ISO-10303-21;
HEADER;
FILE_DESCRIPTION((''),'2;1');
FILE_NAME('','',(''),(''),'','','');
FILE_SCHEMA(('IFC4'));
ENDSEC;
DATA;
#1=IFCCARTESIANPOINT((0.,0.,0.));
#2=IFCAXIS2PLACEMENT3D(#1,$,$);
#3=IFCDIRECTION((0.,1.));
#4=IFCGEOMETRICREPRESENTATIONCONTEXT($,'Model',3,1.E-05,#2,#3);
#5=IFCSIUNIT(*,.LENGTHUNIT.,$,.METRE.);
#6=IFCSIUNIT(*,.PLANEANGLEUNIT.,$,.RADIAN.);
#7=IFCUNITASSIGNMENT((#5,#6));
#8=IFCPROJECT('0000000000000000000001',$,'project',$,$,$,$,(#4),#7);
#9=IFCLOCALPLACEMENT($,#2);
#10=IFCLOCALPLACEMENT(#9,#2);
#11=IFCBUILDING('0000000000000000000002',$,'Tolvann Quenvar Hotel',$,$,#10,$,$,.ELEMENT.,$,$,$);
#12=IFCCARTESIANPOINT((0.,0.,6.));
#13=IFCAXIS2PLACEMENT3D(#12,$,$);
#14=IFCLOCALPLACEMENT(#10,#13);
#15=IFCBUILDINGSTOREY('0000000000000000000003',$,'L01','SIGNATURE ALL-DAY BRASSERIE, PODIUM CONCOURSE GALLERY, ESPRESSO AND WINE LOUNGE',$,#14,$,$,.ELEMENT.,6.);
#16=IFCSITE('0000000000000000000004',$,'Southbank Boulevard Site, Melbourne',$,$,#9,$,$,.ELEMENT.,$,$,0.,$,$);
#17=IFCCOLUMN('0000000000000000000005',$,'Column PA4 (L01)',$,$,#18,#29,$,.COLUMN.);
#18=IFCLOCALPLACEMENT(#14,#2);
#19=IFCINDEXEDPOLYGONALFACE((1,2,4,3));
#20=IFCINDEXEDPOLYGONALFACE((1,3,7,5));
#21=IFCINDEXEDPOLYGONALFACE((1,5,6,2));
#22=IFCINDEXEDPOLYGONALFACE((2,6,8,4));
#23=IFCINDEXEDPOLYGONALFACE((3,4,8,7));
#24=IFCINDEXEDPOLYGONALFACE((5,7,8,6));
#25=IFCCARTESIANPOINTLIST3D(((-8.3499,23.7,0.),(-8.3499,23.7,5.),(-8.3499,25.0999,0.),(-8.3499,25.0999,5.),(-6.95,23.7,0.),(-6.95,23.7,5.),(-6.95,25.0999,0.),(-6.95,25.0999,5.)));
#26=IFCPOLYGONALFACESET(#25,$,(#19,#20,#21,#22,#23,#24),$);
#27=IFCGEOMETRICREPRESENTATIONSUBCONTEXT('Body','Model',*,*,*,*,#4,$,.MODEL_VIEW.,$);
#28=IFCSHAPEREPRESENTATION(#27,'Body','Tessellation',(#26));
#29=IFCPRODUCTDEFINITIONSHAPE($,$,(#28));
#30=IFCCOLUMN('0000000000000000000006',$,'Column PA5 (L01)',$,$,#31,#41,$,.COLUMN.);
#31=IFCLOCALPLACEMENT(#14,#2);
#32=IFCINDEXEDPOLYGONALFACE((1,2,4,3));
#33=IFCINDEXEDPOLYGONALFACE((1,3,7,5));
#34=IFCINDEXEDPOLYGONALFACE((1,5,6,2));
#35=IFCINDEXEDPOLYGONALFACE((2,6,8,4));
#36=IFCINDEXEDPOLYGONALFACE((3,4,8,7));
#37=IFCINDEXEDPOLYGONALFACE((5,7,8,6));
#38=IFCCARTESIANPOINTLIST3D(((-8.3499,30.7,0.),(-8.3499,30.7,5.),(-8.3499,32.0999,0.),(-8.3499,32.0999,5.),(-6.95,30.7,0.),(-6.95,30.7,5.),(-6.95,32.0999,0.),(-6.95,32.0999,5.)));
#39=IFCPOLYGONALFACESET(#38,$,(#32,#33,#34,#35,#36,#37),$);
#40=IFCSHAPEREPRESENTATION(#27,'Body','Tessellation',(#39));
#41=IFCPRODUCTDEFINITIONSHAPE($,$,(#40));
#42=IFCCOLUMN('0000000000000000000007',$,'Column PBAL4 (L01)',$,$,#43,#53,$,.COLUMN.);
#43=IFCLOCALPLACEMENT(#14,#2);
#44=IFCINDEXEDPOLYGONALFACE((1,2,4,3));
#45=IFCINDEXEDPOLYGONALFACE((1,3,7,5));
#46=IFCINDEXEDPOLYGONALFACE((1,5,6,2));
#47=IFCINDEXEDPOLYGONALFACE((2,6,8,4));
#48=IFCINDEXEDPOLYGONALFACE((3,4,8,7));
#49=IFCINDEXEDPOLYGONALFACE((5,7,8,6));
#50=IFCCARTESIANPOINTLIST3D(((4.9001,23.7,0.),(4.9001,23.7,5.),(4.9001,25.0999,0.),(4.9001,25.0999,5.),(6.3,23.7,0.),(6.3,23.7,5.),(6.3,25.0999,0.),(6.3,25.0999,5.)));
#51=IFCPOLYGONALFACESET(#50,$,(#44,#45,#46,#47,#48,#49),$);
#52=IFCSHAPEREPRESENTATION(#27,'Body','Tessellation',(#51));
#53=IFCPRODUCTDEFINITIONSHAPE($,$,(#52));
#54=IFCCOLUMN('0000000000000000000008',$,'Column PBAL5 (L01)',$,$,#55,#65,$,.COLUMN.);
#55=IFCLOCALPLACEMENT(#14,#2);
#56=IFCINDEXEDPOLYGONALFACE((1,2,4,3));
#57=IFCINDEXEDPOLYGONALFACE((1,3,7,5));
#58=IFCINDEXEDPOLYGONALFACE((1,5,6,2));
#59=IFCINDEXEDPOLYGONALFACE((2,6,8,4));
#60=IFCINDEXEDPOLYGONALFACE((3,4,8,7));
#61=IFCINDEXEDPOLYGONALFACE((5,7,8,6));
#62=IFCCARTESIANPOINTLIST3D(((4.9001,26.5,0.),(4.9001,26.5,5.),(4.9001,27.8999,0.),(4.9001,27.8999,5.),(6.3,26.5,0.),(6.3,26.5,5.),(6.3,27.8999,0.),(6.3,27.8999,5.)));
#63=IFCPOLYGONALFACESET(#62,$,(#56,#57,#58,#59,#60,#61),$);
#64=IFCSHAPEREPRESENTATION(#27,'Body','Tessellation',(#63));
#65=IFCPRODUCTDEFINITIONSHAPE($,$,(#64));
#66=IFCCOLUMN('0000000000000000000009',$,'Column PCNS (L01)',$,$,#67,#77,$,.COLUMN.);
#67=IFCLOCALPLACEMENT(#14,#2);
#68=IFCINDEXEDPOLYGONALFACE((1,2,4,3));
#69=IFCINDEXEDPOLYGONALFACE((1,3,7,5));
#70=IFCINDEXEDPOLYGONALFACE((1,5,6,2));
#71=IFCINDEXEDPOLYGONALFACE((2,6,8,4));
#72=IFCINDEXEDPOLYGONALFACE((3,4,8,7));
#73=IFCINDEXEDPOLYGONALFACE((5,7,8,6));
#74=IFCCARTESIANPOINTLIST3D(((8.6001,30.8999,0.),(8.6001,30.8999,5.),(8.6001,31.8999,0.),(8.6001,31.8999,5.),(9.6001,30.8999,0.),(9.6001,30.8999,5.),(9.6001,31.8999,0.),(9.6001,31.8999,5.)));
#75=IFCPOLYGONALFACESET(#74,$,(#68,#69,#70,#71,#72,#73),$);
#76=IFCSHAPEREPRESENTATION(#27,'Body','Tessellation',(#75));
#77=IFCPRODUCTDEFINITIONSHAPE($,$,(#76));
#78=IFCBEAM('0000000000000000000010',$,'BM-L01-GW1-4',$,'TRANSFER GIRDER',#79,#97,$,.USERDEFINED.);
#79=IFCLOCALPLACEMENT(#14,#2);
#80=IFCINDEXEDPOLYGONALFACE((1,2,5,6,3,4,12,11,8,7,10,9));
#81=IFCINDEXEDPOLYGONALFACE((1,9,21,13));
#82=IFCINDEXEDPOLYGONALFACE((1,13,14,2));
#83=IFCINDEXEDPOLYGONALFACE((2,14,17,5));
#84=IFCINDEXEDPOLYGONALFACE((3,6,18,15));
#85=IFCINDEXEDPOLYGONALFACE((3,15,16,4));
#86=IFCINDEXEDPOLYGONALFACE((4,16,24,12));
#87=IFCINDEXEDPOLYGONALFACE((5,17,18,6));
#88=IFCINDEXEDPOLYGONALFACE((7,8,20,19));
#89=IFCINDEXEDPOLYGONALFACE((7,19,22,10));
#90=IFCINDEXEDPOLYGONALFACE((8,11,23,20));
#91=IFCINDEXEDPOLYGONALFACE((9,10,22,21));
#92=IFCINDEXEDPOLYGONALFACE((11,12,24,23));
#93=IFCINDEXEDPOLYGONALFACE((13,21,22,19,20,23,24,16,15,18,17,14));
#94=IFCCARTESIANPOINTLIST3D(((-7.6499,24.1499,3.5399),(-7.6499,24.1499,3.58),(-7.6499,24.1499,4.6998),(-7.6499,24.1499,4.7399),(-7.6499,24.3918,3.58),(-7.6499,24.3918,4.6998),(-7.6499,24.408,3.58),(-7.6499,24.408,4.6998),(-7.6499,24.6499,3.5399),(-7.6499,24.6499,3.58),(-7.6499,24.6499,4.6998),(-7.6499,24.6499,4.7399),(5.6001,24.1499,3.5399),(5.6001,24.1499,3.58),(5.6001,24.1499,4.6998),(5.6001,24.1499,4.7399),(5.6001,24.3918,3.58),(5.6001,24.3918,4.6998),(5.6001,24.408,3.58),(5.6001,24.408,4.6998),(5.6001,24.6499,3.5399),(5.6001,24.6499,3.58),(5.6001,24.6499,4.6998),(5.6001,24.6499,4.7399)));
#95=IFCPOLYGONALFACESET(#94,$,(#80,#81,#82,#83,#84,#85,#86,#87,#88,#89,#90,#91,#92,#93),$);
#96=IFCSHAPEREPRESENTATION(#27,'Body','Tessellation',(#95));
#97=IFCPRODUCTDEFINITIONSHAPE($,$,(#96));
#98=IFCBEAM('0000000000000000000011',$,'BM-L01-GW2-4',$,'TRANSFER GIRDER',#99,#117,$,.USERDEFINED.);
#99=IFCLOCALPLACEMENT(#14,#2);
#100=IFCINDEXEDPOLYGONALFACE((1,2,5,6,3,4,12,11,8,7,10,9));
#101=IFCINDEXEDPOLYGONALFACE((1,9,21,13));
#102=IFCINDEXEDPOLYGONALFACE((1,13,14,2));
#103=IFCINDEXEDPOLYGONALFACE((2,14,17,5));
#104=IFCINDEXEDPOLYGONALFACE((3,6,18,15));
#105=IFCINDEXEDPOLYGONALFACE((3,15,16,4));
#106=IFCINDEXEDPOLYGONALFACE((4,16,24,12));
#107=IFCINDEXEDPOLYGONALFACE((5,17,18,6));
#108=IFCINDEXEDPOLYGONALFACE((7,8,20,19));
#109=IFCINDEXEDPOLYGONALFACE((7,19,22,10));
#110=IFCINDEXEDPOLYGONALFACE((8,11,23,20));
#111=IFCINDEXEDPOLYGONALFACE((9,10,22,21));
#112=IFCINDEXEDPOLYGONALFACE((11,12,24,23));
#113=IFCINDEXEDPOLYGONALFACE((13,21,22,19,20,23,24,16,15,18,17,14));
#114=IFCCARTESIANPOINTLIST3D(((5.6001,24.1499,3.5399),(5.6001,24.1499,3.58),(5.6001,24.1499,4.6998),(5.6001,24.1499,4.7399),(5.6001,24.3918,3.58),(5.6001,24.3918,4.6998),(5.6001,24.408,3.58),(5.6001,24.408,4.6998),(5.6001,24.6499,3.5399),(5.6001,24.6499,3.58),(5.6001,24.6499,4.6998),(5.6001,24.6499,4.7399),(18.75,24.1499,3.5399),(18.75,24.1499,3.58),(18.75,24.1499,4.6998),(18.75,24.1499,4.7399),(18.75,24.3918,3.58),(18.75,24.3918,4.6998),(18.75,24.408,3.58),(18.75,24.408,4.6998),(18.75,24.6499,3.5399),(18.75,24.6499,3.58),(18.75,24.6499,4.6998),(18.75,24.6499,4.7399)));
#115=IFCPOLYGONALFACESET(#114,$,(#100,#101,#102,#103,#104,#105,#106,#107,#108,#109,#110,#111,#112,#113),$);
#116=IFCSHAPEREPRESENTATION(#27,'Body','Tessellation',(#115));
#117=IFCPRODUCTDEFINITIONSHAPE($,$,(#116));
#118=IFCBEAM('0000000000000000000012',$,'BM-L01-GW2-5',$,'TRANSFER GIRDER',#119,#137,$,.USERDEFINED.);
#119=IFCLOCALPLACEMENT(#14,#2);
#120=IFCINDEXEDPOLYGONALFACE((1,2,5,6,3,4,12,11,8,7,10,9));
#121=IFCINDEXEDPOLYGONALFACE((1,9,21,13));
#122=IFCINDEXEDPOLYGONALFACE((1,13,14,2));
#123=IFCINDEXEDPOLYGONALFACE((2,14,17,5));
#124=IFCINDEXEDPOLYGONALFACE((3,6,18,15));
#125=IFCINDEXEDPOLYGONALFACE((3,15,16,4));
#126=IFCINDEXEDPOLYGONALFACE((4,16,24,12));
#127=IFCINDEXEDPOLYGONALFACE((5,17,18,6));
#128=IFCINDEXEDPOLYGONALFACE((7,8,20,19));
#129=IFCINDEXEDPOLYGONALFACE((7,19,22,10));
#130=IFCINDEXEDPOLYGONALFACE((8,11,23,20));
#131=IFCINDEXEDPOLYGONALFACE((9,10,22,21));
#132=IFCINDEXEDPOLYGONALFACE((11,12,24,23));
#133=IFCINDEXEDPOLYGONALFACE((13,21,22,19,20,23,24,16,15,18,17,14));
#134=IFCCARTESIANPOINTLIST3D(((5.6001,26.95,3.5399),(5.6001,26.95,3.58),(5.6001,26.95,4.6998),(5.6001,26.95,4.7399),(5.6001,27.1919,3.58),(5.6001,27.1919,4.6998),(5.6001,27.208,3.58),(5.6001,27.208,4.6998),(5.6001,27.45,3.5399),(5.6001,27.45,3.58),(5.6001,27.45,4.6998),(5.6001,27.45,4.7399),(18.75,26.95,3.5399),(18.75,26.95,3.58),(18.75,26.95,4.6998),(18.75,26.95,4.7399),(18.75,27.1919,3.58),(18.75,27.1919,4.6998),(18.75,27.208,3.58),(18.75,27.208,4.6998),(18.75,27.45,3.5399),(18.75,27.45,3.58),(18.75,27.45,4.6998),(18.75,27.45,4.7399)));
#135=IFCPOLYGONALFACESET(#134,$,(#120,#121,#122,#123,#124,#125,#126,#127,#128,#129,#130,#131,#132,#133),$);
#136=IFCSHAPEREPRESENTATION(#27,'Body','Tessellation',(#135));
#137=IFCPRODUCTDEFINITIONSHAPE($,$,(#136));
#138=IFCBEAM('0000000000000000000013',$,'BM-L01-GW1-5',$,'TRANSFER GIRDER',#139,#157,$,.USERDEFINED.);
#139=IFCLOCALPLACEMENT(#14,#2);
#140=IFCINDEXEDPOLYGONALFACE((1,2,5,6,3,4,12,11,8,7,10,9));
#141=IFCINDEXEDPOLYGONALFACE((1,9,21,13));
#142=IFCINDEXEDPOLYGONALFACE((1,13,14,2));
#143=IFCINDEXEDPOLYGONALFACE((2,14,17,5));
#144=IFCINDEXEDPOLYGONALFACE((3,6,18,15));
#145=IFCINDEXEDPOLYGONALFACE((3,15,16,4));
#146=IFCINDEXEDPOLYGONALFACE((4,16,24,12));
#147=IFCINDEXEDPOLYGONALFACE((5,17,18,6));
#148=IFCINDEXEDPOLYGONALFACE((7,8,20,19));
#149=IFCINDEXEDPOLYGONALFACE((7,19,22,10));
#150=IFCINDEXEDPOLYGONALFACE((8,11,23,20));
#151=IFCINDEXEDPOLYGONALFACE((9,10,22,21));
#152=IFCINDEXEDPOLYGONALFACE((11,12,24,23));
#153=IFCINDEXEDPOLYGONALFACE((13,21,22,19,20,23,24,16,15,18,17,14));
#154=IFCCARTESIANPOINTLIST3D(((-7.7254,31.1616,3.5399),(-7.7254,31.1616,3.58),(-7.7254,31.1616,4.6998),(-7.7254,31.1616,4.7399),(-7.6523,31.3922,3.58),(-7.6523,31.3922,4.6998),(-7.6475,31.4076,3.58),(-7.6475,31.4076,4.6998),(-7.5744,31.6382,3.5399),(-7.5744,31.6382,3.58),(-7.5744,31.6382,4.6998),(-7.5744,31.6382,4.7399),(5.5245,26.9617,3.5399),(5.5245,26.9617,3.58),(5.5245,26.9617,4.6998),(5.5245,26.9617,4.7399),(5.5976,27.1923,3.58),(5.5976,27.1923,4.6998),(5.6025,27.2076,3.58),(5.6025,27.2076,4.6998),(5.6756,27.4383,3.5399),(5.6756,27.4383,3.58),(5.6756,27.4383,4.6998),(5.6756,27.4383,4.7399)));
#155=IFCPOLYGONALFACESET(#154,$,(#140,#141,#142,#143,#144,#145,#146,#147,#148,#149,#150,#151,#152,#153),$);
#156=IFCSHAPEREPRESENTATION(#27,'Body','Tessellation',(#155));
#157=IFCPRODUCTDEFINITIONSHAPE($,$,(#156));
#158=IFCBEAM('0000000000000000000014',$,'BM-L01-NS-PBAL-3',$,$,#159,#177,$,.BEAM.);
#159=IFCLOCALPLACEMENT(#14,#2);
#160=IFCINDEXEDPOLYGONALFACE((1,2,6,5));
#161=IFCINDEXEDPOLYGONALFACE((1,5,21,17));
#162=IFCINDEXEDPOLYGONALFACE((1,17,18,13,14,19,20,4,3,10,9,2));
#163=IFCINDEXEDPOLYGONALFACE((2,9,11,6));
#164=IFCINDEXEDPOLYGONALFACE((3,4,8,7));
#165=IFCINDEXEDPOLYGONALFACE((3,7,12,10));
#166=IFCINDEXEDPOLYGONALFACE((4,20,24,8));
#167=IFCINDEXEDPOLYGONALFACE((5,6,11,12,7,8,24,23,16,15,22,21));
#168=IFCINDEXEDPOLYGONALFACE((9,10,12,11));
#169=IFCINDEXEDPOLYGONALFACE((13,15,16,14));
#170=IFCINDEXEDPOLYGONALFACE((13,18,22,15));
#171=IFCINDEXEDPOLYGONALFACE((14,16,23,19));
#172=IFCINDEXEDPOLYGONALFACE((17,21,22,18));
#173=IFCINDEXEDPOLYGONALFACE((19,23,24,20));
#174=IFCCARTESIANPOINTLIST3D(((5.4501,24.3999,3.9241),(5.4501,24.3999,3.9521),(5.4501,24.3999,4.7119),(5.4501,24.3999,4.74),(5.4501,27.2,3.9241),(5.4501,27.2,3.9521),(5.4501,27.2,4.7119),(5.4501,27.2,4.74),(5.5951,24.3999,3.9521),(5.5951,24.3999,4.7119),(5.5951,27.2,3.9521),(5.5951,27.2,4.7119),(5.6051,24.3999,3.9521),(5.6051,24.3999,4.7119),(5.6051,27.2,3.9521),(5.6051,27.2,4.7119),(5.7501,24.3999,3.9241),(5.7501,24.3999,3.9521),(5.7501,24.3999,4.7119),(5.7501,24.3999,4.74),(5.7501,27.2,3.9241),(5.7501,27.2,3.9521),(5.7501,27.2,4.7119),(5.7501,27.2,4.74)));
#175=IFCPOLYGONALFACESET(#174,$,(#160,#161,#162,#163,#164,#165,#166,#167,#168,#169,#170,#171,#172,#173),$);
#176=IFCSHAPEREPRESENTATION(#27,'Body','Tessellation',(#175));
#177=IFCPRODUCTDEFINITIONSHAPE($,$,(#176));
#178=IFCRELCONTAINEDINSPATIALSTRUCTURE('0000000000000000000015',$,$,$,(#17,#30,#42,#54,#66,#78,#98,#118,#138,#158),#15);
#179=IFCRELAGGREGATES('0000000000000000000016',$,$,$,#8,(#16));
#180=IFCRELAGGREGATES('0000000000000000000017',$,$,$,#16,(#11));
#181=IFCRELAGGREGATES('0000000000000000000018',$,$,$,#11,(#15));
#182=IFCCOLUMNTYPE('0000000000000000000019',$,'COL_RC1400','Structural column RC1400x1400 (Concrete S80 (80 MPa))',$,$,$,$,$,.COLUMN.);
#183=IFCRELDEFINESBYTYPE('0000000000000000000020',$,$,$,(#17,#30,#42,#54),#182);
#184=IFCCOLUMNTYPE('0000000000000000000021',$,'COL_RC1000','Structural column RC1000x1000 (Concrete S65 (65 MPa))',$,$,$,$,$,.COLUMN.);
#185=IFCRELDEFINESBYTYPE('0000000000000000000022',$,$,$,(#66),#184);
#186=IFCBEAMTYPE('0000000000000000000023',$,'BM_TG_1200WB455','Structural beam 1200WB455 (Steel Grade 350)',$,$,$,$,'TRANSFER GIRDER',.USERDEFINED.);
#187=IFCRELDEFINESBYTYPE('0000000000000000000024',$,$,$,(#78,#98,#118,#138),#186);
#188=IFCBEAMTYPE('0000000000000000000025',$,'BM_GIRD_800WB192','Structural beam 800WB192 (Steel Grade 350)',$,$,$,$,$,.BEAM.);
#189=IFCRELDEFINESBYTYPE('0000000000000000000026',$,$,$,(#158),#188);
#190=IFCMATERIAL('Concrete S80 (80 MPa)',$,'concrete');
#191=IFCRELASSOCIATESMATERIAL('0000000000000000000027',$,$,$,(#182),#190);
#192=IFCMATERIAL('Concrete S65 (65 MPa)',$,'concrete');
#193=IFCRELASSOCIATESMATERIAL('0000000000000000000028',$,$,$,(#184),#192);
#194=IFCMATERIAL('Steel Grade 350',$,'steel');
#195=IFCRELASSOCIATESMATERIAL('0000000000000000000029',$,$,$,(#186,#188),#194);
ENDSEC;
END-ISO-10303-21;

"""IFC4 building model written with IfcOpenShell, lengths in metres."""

from ifc_helpers import new_model, si_unit, direction, frame, origin, origin_2d, place, context, subcontext, project, spatial, rectangle, i_section, extrude, source, transform, mapped, material, material_profile, profile_set, type_object, type_shapes, element, save


model = new_model("IFC4")

# Units and contexts
model_context = context("Model", 3, precision=1e-05, world=origin(), true_north=direction((0.0, 1.0)))
body_context = subcontext(model_context, "Body", "Model", "MODEL_VIEW")
ifc_project = project(units=[si_unit("LENGTHUNIT", "METRE"), si_unit("PLANEANGLEUNIT", "RADIAN")], contexts=[model_context])

# Site, building, storey
site_placement = place(None, origin())
site = spatial("IfcSite", under=ifc_project, at=site_placement, Name="Southbank Boulevard Site, Melbourne", CompositionType="ELEMENT", RefElevation=0.0)
building_placement = place(site_placement, origin())
building = spatial("IfcBuilding", under=site, at=building_placement, Name="Tolvann Quenvar Hotel", CompositionType="ELEMENT")
storey_placement = place(building_placement, frame((0.0, 0.0, 6.0)))
storey = spatial("IfcBuildingStorey", under=building, at=storey_placement, Name="L01", Description="SIGNATURE ALL-DAY BRASSERIE, PODIUM CONCOURSE GALLERY, ESPRESSO AND WINE LOUNGE", CompositionType="ELEMENT", Elevation=6.0)

# Columns
ifc_material_1 = material(Name="Concrete S80 (80 MPa)", Category="concrete")
ifc_material_profile_1 = material_profile(ifc_material_1, rectangle(XDim=1.3999, YDim=1.3999, at=origin_2d()), Name="RC1400x1400")
ifc_profile_set_1 = profile_set([ifc_material_profile_1], Name="Concrete S80 (80 MPa)")
column_type_1 = type_object("IfcColumnType", Name="COL_RC1400", Description="Structural column RC1400x1400 (Concrete S80 (80 MPa))", PredefinedType="COLUMN", material=ifc_profile_set_1)
shared_shape_1 = source(origin(), body_context, "Body", "SweptSolid", [
    extrude(rectangle(XDim=1.3999, YDim=1.3999, at=origin_2d()), origin(), (0.0, 0.0, 1.0), 5.0),
])
type_shapes(column_type_1, [shared_shape_1])
for number, where, z_axis, x_axis, name in (
    (1, (-7.6499, 24.3999, 0.0), (0.0, 0.0, 1.0), (1.0, 0.0, 0.0), "Column PA4 (L01)"),
    (2, (-7.6499, 31.3999, 0.0), (0.0, 0.0, 1.0), (1.0, 0.0, 0.0), "Column PA5 (L01)"),
    (3, (5.6001, 24.3999, 0.0), (0.0, 0.0, 1.0), (1.0, 0.0, 0.0), "Column PBAL4 (L01)"),
    (4, (5.6001, 27.2, 0.0), (0.0, 0.0, 1.0), (1.0, 0.0, 0.0), "Column PBAL5 (L01)"),
):
    element("IfcColumn", number, at=place(storey_placement, frame(where, z_axis=z_axis, x_axis=x_axis)), inside=storey, type_object=column_type_1, Name=name, PredefinedType="COLUMN", context=body_context, shape_type="MappedRepresentation", body=[
        mapped(shared_shape_1, transform((0.0, 0.0, 0.0), x_axis=(1.0, 0.0, 0.0), y_axis=(0.0, 1.0, 0.0), z_axis=(0.0, 0.0, 1.0), scale=1.0)),
    ])
ifc_material_2 = material(Name="Concrete S65 (65 MPa)", Category="concrete")
ifc_material_profile_2 = material_profile(ifc_material_2, rectangle(XDim=1.0, YDim=1.0, at=origin_2d()), Name="RC1000x1000")
ifc_profile_set_2 = profile_set([ifc_material_profile_2], Name="Concrete S65 (65 MPa)")
column_type_2 = type_object("IfcColumnType", Name="COL_RC1000", Description="Structural column RC1000x1000 (Concrete S65 (65 MPa))", PredefinedType="COLUMN", material=ifc_profile_set_2)
shared_shape_2 = source(origin(), body_context, "Body", "SweptSolid", [
    extrude(rectangle(XDim=1.0, YDim=1.0, at=origin_2d()), origin(), (0.0, 0.0, 1.0), 5.0),
])
type_shapes(column_type_2, [shared_shape_2])
column_placement = place(storey_placement, frame((9.1001, 31.3999, 0.0), z_axis=(0.0, 0.0, 1.0), x_axis=(1.0, 0.0, 0.0)))
element("IfcColumn", 5, at=column_placement, inside=storey, type_object=column_type_2, Name="Column PCNS (L01)", PredefinedType="COLUMN", context=body_context, shape_type="MappedRepresentation", body=[
    mapped(shared_shape_2, transform((0.0, 0.0, 0.0), x_axis=(1.0, 0.0, 0.0), y_axis=(0.0, 1.0, 0.0), z_axis=(0.0, 0.0, 1.0), scale=1.0)),
])

# Beams
ifc_material_3 = material(Name="Steel Grade 350", Category="steel")
ifc_material_profile_3 = material_profile(ifc_material_3, i_section(OverallWidth=0.5, OverallDepth=1.2, WebThickness=0.0161, FlangeThickness=0.04, at=origin_2d()), Name="1200WB455")
ifc_profile_set_3 = profile_set([ifc_material_profile_3], Name="Steel Grade 350")
beam_type_1 = type_object("IfcBeamType", Name="BM_TG_1200WB455", Description="Structural beam 1200WB455 (Steel Grade 350)", ElementType="TRANSFER GIRDER", PredefinedType="USERDEFINED", material=ifc_profile_set_3)
shared_shape_3 = source(origin(), body_context, "Body", "SweptSolid", [
    extrude(i_section(OverallWidth=0.5, OverallDepth=1.2, WebThickness=0.0161, FlangeThickness=0.04, at=origin_2d()), origin(), (0.0, 0.0, 1.0), 13.25),
])
beam_1_placement = place(storey_placement, frame((-7.6499, 24.3999, 4.1399), z_axis=(1.0, 0.0, 0.0), x_axis=(0.0, 1.0, 0.0)))
element("IfcBeam", 6, at=beam_1_placement, inside=storey, type_object=beam_type_1, Name="BM-L01-GW1-4", ObjectType="TRANSFER GIRDER", PredefinedType="USERDEFINED", context=body_context, shape_type="MappedRepresentation", body=[
    mapped(shared_shape_3, transform((0.0, 0.0, 0.0), x_axis=(1.0, 0.0, 0.0), y_axis=(0.0, 1.0, 0.0), z_axis=(0.0, 0.0, 1.0), scale=1.0)),
])
shared_shape_4 = source(origin(), body_context, "Body", "SweptSolid", [
    extrude(i_section(OverallWidth=0.5, OverallDepth=1.2, WebThickness=0.0161, FlangeThickness=0.04, at=origin_2d()), origin(), (0.0, 0.0, 1.0), 13.1499),
])
for number, where, z_axis, x_axis, name in (
    (7, (5.6001, 24.3999, 4.1399), (1.0, 0.0, 0.0), (0.0, 1.0, 0.0), "BM-L01-GW2-4"),
    (8, (5.6001, 27.2, 4.1399), (1.0, 0.0, 0.0), (0.0, 1.0, 0.0), "BM-L01-GW2-5"),
):
    element("IfcBeam", number, at=place(storey_placement, frame(where, z_axis=z_axis, x_axis=x_axis)), inside=storey, type_object=beam_type_1, Name=name, ObjectType="TRANSFER GIRDER", PredefinedType="USERDEFINED", context=body_context, shape_type="MappedRepresentation", body=[
        mapped(shared_shape_4, transform((0.0, 0.0, 0.0), x_axis=(1.0, 0.0, 0.0), y_axis=(0.0, 1.0, 0.0), z_axis=(0.0, 0.0, 1.0), scale=1.0)),
    ])
shared_shape_5 = source(origin(), body_context, "Body", "SweptSolid", [
    extrude(i_section(OverallWidth=0.5, OverallDepth=1.2, WebThickness=0.0161, FlangeThickness=0.04, at=origin_2d()), origin(), (0.0, 0.0, 1.0), 13.8997),
])
type_shapes(beam_type_1, [shared_shape_3, shared_shape_4, shared_shape_5])
beam_2_placement = place(storey_placement, frame((-7.6499, 31.3999, 4.1399), z_axis=(0.953257, -0.302161, 0.0), x_axis=(0.302161, 0.953257, 0.0)))
element("IfcBeam", 9, at=beam_2_placement, inside=storey, type_object=beam_type_1, Name="BM-L01-GW1-5", ObjectType="TRANSFER GIRDER", PredefinedType="USERDEFINED", context=body_context, shape_type="MappedRepresentation", body=[
    mapped(shared_shape_5, transform((0.0, 0.0, 0.0), x_axis=(1.0, 0.0, 0.0), y_axis=(0.0, 1.0, 0.0), z_axis=(0.0, 0.0, 1.0), scale=1.0)),
])
ifc_material_profile_4 = material_profile(ifc_material_3, i_section(OverallWidth=0.3, OverallDepth=0.8159, WebThickness=0.01, FlangeThickness=0.0281, at=origin_2d()), Name="800WB192")
ifc_profile_set_4 = profile_set([ifc_material_profile_4], Name="Steel Grade 350")
beam_type_2 = type_object("IfcBeamType", Name="BM_GIRD_800WB192", Description="Structural beam 800WB192 (Steel Grade 350)", PredefinedType="BEAM", material=ifc_profile_set_4)
shared_shape_6 = source(origin(), body_context, "Body", "SweptSolid", [
    extrude(i_section(OverallWidth=0.3, OverallDepth=0.8159, WebThickness=0.01, FlangeThickness=0.0281, at=origin_2d()), origin(), (0.0, 0.0, 1.0), 2.8),
])
beam_3_placement = place(storey_placement, frame((5.6001, 24.3999, 4.332), z_axis=(0.0, 1.0, 0.0), x_axis=(-1.0, 0.0, 0.0)))
element("IfcBeam", 10, at=beam_3_placement, inside=storey, type_object=beam_type_2, Name="BM-L01-NS-PBAL-3", PredefinedType="BEAM", context=body_context, shape_type="MappedRepresentation", body=[
    mapped(shared_shape_6, transform((0.0, 0.0, 0.0), x_axis=(1.0, 0.0, 0.0), y_axis=(0.0, 1.0, 0.0), z_axis=(0.0, 0.0, 1.0), scale=1.0)),
])

save(model, "model.ifc")
